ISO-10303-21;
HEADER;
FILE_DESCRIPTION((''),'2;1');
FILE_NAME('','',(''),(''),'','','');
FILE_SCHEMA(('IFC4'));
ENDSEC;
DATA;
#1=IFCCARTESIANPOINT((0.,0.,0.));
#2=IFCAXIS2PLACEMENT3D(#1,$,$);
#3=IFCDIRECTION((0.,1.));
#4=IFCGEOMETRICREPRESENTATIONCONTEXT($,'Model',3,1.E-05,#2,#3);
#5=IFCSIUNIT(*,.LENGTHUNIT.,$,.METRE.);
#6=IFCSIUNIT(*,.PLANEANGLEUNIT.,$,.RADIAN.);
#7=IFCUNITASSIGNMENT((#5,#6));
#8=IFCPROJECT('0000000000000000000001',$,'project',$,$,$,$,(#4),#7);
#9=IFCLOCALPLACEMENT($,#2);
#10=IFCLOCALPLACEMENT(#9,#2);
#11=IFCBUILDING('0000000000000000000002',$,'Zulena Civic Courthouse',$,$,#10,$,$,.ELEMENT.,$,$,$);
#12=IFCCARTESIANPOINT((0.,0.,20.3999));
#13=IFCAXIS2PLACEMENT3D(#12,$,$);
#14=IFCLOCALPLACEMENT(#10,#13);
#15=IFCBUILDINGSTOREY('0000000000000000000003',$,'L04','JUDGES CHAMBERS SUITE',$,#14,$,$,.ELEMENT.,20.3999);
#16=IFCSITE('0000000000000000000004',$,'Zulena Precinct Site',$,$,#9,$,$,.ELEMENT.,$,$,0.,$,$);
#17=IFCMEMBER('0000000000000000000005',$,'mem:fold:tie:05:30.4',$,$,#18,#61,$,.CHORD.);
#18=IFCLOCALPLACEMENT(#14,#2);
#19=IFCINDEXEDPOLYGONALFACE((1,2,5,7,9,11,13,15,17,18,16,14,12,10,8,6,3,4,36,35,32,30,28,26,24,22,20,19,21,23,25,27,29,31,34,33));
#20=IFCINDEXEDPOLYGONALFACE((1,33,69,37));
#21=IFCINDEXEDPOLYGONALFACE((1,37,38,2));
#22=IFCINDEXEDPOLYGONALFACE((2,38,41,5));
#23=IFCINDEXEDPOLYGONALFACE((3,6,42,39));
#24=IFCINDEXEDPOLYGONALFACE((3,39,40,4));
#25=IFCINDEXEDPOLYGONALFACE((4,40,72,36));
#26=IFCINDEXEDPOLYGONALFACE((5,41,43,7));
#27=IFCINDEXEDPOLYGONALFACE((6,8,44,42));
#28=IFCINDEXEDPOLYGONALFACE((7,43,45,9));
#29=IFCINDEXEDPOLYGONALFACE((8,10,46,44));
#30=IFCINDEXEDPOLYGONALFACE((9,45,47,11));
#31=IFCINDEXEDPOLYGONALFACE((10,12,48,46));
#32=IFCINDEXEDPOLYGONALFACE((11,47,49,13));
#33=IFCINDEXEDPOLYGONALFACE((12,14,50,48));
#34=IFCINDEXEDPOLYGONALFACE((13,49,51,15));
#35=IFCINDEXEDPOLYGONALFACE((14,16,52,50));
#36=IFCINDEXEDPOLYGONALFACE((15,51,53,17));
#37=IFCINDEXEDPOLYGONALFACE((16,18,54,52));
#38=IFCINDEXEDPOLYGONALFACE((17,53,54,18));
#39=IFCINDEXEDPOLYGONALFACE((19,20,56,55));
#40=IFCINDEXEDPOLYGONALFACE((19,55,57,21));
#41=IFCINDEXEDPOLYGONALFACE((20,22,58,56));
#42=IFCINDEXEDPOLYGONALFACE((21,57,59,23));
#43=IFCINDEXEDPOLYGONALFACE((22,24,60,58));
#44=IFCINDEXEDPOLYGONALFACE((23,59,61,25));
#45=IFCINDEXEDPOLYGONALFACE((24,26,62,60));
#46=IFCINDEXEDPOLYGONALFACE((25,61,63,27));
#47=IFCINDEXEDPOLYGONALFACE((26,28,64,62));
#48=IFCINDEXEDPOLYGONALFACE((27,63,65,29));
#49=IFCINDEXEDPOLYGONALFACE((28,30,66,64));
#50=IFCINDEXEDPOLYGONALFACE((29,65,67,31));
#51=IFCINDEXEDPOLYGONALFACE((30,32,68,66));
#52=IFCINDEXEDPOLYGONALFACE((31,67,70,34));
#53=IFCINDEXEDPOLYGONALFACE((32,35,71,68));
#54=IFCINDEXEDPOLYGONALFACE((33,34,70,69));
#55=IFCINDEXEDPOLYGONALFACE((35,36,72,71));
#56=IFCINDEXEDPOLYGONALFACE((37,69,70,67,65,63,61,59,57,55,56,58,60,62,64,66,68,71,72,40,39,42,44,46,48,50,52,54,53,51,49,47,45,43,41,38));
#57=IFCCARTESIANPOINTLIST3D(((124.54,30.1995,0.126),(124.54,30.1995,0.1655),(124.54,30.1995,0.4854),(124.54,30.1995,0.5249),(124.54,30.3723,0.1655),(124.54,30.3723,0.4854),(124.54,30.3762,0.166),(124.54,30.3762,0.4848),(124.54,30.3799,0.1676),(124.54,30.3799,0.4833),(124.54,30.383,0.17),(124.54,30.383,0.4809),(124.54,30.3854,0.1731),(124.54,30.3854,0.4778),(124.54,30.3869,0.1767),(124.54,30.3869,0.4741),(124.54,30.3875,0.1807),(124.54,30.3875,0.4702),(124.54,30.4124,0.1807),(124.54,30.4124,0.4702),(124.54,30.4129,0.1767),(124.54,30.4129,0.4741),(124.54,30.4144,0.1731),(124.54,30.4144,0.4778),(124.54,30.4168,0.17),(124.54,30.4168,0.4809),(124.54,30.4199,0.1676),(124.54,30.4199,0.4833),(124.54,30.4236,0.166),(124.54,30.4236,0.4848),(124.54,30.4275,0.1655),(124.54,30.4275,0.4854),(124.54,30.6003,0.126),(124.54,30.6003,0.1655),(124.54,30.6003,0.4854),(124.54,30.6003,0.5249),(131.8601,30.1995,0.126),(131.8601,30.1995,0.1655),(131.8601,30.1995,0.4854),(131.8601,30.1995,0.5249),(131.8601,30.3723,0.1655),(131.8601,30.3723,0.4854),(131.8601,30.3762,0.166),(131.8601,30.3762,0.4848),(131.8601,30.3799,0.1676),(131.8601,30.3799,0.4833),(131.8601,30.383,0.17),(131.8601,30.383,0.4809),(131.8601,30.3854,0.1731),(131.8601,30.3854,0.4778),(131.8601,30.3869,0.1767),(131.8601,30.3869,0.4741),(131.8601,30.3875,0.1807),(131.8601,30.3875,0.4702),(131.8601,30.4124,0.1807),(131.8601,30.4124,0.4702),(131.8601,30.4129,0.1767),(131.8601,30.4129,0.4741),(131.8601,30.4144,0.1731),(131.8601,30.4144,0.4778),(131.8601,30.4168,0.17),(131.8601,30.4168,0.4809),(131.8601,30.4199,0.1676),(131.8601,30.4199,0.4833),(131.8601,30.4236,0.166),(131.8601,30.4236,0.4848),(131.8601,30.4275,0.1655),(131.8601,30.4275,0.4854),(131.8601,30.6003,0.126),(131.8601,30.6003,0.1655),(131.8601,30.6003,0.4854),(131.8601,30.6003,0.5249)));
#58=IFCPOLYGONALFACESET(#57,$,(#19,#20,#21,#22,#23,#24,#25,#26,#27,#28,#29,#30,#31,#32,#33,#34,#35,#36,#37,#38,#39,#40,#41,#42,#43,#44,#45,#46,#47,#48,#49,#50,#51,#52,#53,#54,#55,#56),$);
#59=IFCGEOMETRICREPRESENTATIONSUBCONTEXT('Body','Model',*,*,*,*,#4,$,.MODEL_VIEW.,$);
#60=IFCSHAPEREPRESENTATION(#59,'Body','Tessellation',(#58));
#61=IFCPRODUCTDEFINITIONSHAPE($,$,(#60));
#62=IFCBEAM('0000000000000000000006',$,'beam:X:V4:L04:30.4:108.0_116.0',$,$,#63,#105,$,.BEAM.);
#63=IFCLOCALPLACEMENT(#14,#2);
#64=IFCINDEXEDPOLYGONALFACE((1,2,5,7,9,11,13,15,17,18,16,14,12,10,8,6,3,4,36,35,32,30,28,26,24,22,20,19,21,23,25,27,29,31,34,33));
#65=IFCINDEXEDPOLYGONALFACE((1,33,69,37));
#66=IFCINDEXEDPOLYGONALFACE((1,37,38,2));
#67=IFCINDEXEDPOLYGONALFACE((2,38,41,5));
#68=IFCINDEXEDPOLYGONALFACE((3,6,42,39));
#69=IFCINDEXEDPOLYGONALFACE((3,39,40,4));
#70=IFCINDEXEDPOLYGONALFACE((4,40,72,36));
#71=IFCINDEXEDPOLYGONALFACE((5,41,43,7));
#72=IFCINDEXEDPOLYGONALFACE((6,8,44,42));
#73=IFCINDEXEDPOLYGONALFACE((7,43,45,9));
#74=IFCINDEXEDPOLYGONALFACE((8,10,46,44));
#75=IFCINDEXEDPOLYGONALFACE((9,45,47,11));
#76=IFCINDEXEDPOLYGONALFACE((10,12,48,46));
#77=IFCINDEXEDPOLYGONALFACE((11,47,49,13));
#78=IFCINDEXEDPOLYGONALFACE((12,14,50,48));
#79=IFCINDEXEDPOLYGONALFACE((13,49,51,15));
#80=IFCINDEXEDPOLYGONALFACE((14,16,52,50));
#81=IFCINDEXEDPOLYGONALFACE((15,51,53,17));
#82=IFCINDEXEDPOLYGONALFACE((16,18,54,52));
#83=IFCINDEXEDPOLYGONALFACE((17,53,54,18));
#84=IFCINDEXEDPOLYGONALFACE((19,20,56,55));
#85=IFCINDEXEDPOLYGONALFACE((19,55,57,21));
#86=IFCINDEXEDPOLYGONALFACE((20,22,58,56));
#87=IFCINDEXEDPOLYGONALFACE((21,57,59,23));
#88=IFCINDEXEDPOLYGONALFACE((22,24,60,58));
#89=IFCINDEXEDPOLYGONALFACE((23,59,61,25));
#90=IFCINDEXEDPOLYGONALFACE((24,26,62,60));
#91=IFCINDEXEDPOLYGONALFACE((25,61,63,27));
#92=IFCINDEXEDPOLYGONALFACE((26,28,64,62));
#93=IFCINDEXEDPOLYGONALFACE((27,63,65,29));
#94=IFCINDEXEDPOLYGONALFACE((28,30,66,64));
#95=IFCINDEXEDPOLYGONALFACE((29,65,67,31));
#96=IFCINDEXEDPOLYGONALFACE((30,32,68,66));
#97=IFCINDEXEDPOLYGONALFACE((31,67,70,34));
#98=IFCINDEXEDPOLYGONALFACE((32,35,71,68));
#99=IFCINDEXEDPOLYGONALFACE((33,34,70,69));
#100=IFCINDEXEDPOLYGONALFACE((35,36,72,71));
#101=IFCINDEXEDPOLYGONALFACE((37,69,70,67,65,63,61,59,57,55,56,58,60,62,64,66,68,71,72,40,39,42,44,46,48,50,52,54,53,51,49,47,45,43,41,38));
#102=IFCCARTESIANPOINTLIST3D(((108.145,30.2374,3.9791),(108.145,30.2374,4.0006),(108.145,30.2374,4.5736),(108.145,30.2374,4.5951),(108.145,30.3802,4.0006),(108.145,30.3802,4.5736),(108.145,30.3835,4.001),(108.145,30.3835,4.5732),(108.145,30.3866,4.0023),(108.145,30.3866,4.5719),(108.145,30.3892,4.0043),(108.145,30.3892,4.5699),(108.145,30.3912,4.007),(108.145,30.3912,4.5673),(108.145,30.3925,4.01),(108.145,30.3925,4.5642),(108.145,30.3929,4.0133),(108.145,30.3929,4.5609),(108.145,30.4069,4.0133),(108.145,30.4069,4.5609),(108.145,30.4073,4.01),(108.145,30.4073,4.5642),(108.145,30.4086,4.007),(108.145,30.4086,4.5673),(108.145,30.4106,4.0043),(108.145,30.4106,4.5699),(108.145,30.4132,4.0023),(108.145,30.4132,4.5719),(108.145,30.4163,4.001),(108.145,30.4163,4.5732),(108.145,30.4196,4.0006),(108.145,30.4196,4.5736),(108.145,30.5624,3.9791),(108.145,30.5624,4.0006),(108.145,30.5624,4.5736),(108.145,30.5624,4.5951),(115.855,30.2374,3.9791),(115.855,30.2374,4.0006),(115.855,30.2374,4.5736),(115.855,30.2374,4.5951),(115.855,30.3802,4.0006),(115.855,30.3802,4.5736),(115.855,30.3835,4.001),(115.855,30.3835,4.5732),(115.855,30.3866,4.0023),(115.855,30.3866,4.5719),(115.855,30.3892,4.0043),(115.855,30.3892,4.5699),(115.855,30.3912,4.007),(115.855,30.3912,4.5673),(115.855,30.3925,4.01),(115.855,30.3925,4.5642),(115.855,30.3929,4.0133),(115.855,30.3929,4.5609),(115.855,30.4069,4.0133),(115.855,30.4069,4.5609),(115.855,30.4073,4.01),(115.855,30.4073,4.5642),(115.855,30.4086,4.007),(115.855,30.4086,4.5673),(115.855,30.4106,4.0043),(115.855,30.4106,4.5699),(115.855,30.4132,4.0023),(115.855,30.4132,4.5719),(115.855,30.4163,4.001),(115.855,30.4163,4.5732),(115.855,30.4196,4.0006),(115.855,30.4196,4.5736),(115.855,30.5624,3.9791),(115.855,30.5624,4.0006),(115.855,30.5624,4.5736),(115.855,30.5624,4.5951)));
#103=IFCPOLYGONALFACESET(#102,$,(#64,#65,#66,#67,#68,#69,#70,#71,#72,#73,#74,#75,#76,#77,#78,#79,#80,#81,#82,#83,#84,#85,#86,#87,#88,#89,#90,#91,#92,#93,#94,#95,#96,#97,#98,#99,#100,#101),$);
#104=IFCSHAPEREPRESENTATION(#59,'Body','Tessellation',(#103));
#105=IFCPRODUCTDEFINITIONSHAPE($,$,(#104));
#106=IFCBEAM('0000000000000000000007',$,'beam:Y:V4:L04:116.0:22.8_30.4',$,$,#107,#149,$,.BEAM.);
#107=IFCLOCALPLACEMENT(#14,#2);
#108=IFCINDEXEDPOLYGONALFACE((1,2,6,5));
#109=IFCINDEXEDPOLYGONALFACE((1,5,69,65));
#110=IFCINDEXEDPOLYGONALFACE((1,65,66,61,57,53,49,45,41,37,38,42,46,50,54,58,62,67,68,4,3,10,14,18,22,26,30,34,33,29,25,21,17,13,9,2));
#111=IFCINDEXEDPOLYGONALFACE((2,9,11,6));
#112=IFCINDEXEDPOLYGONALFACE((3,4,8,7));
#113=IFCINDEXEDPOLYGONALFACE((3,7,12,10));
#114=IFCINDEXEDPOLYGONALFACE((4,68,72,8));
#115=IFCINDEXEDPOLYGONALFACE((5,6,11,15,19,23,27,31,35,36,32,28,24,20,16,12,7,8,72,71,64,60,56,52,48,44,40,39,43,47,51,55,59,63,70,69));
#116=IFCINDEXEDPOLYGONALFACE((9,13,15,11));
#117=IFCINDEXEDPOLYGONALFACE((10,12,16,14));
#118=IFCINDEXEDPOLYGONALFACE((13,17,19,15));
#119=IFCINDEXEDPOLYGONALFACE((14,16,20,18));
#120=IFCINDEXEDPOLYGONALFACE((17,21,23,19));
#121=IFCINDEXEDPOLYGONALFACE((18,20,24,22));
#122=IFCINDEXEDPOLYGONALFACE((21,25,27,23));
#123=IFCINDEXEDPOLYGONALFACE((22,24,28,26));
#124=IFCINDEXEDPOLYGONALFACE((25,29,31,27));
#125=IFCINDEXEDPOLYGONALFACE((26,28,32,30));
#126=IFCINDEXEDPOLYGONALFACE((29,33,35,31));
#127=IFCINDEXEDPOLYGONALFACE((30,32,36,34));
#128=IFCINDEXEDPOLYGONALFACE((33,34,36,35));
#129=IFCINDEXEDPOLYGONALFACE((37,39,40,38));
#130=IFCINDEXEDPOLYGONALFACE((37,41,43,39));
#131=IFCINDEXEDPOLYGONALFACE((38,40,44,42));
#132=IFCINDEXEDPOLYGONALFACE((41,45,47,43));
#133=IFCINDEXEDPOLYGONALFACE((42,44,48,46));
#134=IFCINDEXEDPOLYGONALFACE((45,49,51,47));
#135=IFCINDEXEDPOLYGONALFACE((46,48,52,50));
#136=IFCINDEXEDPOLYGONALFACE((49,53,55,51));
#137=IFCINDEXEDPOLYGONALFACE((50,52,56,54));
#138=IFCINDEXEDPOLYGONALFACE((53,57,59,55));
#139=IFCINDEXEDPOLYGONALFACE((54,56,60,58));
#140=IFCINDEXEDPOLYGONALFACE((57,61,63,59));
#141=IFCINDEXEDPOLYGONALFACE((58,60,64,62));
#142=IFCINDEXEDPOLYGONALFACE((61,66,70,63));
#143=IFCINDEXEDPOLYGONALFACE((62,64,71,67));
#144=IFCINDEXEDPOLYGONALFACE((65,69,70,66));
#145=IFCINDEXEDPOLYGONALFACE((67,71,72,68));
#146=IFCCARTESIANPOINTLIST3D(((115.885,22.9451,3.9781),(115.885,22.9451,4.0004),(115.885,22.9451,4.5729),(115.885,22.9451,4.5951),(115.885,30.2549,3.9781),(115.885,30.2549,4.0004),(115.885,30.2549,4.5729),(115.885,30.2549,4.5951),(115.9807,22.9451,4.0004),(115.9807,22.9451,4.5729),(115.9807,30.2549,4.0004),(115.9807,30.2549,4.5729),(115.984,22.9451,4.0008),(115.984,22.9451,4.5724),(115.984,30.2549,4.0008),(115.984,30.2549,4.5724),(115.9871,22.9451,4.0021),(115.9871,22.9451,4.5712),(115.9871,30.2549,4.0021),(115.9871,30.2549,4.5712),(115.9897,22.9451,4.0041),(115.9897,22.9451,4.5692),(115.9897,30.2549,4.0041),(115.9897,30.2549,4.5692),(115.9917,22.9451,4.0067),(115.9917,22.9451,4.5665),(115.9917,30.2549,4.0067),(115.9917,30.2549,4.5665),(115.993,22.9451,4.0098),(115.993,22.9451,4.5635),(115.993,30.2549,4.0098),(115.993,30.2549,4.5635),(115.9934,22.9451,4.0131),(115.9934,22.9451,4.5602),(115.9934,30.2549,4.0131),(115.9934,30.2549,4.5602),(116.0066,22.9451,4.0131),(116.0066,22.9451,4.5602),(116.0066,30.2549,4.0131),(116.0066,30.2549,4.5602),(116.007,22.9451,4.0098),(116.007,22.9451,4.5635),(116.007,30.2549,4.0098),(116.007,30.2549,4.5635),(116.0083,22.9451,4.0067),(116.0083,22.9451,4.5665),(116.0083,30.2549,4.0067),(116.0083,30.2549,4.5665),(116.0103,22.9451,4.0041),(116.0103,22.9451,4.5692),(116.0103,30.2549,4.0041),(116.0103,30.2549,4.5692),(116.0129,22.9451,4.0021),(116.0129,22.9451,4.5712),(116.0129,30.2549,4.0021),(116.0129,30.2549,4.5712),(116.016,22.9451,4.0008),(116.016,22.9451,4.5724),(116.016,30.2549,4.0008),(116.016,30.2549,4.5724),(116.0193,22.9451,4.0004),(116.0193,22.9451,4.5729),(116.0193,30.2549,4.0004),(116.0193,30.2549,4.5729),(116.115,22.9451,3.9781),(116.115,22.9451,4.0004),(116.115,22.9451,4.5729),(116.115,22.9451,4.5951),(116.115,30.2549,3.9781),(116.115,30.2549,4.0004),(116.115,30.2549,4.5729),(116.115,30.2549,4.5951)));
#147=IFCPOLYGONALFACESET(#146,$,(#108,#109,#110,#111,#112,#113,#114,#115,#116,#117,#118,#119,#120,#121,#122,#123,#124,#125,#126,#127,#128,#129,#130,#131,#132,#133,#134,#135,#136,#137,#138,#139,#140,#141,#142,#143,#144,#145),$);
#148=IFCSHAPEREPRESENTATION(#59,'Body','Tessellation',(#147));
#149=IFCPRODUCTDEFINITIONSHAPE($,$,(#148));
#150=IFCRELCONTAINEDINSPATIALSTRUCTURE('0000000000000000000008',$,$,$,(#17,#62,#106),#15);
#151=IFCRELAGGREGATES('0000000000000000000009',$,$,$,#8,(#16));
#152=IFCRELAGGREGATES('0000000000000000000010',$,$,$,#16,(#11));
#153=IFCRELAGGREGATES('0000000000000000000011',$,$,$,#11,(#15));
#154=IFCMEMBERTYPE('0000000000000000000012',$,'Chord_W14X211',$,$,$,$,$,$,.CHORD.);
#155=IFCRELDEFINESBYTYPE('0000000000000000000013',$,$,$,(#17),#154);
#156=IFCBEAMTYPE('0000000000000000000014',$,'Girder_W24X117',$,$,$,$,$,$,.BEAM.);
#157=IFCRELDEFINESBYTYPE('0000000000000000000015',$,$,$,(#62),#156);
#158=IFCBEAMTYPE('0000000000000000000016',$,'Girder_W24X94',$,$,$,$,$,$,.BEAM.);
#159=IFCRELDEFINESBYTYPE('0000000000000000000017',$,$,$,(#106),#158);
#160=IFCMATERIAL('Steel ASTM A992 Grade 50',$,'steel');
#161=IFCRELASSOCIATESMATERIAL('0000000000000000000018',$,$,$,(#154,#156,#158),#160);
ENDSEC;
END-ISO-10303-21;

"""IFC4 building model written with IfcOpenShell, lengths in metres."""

from ifc_helpers import new_model, si_unit, direction, frame, origin, origin_2d, place, context, subcontext, project, spatial, i_section, extrude, material, material_profile, profile_set, type_object, element, save


model = new_model("IFC4")

# Units and contexts
model_context = context("Model", 3, precision=1e-05, world=origin(), true_north=direction((0.0, 1.0)))
body_context = subcontext(model_context, "Body", "Model", "MODEL_VIEW")
ifc_project = project(units=[si_unit("LENGTHUNIT", "METRE"), si_unit("PLANEANGLEUNIT", "RADIAN")], contexts=[model_context])

# Site, building, storey
site_placement = place(None, origin())
site = spatial("IfcSite", under=ifc_project, at=site_placement, Name="Zulena Precinct Site", CompositionType="ELEMENT", RefElevation=0.0)
building_placement = place(site_placement, origin())
building = spatial("IfcBuilding", under=site, at=building_placement, Name="Zulena Civic Courthouse", CompositionType="ELEMENT")
storey_placement = place(building_placement, frame((0.0, 0.0, 20.3999)))
storey = spatial("IfcBuildingStorey", under=building, at=storey_placement, Name="L04", Description="JUDGES CHAMBERS SUITE", CompositionType="ELEMENT", Elevation=20.3999)

# Shared definitions
ifc_material_1 = material(Name="Steel ASTM A992 Grade 50", Category="steel")

# Member
ifc_material_profile_1 = material_profile(ifc_material_1, i_section(OverallWidth=0.4009, OverallDepth=0.3989, WebThickness=0.0249, FlangeThickness=0.0396, FilletRadius=0.0151, at=origin_2d()), Name="W14X211")
ifc_profile_set_1 = profile_set([ifc_material_profile_1], Name="Steel ASTM A992 Grade 50")
member_type_1 = type_object("IfcMemberType", Name="Chord_W14X211", PredefinedType="CHORD", material=ifc_profile_set_1)
member_1_placement = place(storey_placement, frame((124.54, 30.3999, 0.3254), z_axis=(1.0, 0.0, 0.0), x_axis=(0.0, 1.0, 0.0)))
element("IfcMember", 1, at=member_1_placement, inside=storey, type_object=member_type_1, Name="mem:fold:tie:05:30.4", PredefinedType="CHORD", context=body_context, shape_type="SweptSolid", body=[
    extrude(i_section(OverallWidth=0.4009, OverallDepth=0.3989, WebThickness=0.0249, FlangeThickness=0.0396, FilletRadius=0.0151, at=origin_2d()), origin(), (0.0, 0.0, 1.0), 7.3201),
])

# Beams
ifc_material_profile_2 = material_profile(ifc_material_1, i_section(OverallWidth=0.325, OverallDepth=0.616, WebThickness=0.0139, FlangeThickness=0.0215, FilletRadius=0.0127, at=origin_2d()), Name="W24X117")
ifc_profile_set_2 = profile_set([ifc_material_profile_2], Name="Steel ASTM A992 Grade 50")
beam_type_1 = type_object("IfcBeamType", Name="Girder_W24X117", PredefinedType="BEAM", material=ifc_profile_set_2)
beam_1_placement = place(storey_placement, frame((108.145, 30.3999, 4.2871), z_axis=(1.0, 0.0, 0.0), x_axis=(0.0, 1.0, 0.0)))
element("IfcBeam", 2, at=beam_1_placement, inside=storey, type_object=beam_type_1, Name="beam:X:V4:L04:30.4:108.0_116.0", PredefinedType="BEAM", context=body_context, shape_type="SweptSolid", body=[
    extrude(i_section(OverallWidth=0.325, OverallDepth=0.616, WebThickness=0.0139, FlangeThickness=0.0215, FilletRadius=0.0127, at=origin_2d()), origin(), (0.0, 0.0, 1.0), 7.71),
])
ifc_material_profile_3 = material_profile(ifc_material_1, i_section(OverallWidth=0.23, OverallDepth=0.6169, WebThickness=0.0132, FlangeThickness=0.0222, FilletRadius=0.0127, at=origin_2d()), Name="W24X94")
ifc_profile_set_3 = profile_set([ifc_material_profile_3], Name="Steel ASTM A992 Grade 50")
beam_type_2 = type_object("IfcBeamType", Name="Girder_W24X94", PredefinedType="BEAM", material=ifc_profile_set_3)
beam_2_placement = place(storey_placement, frame((116.0, 22.9451, 4.2866), z_axis=(0.0, 1.0, 0.0), x_axis=(-1.0, 0.0, 0.0)))
element("IfcBeam", 3, at=beam_2_placement, inside=storey, type_object=beam_type_2, Name="beam:Y:V4:L04:116.0:22.8_30.4", PredefinedType="BEAM", context=body_context, shape_type="SweptSolid", body=[
    extrude(i_section(OverallWidth=0.23, OverallDepth=0.6169, WebThickness=0.0132, FlangeThickness=0.0222, FilletRadius=0.0127, at=origin_2d()), origin(), (0.0, 0.0, 1.0), 7.3098),
])

save(model, "model.ifc")
